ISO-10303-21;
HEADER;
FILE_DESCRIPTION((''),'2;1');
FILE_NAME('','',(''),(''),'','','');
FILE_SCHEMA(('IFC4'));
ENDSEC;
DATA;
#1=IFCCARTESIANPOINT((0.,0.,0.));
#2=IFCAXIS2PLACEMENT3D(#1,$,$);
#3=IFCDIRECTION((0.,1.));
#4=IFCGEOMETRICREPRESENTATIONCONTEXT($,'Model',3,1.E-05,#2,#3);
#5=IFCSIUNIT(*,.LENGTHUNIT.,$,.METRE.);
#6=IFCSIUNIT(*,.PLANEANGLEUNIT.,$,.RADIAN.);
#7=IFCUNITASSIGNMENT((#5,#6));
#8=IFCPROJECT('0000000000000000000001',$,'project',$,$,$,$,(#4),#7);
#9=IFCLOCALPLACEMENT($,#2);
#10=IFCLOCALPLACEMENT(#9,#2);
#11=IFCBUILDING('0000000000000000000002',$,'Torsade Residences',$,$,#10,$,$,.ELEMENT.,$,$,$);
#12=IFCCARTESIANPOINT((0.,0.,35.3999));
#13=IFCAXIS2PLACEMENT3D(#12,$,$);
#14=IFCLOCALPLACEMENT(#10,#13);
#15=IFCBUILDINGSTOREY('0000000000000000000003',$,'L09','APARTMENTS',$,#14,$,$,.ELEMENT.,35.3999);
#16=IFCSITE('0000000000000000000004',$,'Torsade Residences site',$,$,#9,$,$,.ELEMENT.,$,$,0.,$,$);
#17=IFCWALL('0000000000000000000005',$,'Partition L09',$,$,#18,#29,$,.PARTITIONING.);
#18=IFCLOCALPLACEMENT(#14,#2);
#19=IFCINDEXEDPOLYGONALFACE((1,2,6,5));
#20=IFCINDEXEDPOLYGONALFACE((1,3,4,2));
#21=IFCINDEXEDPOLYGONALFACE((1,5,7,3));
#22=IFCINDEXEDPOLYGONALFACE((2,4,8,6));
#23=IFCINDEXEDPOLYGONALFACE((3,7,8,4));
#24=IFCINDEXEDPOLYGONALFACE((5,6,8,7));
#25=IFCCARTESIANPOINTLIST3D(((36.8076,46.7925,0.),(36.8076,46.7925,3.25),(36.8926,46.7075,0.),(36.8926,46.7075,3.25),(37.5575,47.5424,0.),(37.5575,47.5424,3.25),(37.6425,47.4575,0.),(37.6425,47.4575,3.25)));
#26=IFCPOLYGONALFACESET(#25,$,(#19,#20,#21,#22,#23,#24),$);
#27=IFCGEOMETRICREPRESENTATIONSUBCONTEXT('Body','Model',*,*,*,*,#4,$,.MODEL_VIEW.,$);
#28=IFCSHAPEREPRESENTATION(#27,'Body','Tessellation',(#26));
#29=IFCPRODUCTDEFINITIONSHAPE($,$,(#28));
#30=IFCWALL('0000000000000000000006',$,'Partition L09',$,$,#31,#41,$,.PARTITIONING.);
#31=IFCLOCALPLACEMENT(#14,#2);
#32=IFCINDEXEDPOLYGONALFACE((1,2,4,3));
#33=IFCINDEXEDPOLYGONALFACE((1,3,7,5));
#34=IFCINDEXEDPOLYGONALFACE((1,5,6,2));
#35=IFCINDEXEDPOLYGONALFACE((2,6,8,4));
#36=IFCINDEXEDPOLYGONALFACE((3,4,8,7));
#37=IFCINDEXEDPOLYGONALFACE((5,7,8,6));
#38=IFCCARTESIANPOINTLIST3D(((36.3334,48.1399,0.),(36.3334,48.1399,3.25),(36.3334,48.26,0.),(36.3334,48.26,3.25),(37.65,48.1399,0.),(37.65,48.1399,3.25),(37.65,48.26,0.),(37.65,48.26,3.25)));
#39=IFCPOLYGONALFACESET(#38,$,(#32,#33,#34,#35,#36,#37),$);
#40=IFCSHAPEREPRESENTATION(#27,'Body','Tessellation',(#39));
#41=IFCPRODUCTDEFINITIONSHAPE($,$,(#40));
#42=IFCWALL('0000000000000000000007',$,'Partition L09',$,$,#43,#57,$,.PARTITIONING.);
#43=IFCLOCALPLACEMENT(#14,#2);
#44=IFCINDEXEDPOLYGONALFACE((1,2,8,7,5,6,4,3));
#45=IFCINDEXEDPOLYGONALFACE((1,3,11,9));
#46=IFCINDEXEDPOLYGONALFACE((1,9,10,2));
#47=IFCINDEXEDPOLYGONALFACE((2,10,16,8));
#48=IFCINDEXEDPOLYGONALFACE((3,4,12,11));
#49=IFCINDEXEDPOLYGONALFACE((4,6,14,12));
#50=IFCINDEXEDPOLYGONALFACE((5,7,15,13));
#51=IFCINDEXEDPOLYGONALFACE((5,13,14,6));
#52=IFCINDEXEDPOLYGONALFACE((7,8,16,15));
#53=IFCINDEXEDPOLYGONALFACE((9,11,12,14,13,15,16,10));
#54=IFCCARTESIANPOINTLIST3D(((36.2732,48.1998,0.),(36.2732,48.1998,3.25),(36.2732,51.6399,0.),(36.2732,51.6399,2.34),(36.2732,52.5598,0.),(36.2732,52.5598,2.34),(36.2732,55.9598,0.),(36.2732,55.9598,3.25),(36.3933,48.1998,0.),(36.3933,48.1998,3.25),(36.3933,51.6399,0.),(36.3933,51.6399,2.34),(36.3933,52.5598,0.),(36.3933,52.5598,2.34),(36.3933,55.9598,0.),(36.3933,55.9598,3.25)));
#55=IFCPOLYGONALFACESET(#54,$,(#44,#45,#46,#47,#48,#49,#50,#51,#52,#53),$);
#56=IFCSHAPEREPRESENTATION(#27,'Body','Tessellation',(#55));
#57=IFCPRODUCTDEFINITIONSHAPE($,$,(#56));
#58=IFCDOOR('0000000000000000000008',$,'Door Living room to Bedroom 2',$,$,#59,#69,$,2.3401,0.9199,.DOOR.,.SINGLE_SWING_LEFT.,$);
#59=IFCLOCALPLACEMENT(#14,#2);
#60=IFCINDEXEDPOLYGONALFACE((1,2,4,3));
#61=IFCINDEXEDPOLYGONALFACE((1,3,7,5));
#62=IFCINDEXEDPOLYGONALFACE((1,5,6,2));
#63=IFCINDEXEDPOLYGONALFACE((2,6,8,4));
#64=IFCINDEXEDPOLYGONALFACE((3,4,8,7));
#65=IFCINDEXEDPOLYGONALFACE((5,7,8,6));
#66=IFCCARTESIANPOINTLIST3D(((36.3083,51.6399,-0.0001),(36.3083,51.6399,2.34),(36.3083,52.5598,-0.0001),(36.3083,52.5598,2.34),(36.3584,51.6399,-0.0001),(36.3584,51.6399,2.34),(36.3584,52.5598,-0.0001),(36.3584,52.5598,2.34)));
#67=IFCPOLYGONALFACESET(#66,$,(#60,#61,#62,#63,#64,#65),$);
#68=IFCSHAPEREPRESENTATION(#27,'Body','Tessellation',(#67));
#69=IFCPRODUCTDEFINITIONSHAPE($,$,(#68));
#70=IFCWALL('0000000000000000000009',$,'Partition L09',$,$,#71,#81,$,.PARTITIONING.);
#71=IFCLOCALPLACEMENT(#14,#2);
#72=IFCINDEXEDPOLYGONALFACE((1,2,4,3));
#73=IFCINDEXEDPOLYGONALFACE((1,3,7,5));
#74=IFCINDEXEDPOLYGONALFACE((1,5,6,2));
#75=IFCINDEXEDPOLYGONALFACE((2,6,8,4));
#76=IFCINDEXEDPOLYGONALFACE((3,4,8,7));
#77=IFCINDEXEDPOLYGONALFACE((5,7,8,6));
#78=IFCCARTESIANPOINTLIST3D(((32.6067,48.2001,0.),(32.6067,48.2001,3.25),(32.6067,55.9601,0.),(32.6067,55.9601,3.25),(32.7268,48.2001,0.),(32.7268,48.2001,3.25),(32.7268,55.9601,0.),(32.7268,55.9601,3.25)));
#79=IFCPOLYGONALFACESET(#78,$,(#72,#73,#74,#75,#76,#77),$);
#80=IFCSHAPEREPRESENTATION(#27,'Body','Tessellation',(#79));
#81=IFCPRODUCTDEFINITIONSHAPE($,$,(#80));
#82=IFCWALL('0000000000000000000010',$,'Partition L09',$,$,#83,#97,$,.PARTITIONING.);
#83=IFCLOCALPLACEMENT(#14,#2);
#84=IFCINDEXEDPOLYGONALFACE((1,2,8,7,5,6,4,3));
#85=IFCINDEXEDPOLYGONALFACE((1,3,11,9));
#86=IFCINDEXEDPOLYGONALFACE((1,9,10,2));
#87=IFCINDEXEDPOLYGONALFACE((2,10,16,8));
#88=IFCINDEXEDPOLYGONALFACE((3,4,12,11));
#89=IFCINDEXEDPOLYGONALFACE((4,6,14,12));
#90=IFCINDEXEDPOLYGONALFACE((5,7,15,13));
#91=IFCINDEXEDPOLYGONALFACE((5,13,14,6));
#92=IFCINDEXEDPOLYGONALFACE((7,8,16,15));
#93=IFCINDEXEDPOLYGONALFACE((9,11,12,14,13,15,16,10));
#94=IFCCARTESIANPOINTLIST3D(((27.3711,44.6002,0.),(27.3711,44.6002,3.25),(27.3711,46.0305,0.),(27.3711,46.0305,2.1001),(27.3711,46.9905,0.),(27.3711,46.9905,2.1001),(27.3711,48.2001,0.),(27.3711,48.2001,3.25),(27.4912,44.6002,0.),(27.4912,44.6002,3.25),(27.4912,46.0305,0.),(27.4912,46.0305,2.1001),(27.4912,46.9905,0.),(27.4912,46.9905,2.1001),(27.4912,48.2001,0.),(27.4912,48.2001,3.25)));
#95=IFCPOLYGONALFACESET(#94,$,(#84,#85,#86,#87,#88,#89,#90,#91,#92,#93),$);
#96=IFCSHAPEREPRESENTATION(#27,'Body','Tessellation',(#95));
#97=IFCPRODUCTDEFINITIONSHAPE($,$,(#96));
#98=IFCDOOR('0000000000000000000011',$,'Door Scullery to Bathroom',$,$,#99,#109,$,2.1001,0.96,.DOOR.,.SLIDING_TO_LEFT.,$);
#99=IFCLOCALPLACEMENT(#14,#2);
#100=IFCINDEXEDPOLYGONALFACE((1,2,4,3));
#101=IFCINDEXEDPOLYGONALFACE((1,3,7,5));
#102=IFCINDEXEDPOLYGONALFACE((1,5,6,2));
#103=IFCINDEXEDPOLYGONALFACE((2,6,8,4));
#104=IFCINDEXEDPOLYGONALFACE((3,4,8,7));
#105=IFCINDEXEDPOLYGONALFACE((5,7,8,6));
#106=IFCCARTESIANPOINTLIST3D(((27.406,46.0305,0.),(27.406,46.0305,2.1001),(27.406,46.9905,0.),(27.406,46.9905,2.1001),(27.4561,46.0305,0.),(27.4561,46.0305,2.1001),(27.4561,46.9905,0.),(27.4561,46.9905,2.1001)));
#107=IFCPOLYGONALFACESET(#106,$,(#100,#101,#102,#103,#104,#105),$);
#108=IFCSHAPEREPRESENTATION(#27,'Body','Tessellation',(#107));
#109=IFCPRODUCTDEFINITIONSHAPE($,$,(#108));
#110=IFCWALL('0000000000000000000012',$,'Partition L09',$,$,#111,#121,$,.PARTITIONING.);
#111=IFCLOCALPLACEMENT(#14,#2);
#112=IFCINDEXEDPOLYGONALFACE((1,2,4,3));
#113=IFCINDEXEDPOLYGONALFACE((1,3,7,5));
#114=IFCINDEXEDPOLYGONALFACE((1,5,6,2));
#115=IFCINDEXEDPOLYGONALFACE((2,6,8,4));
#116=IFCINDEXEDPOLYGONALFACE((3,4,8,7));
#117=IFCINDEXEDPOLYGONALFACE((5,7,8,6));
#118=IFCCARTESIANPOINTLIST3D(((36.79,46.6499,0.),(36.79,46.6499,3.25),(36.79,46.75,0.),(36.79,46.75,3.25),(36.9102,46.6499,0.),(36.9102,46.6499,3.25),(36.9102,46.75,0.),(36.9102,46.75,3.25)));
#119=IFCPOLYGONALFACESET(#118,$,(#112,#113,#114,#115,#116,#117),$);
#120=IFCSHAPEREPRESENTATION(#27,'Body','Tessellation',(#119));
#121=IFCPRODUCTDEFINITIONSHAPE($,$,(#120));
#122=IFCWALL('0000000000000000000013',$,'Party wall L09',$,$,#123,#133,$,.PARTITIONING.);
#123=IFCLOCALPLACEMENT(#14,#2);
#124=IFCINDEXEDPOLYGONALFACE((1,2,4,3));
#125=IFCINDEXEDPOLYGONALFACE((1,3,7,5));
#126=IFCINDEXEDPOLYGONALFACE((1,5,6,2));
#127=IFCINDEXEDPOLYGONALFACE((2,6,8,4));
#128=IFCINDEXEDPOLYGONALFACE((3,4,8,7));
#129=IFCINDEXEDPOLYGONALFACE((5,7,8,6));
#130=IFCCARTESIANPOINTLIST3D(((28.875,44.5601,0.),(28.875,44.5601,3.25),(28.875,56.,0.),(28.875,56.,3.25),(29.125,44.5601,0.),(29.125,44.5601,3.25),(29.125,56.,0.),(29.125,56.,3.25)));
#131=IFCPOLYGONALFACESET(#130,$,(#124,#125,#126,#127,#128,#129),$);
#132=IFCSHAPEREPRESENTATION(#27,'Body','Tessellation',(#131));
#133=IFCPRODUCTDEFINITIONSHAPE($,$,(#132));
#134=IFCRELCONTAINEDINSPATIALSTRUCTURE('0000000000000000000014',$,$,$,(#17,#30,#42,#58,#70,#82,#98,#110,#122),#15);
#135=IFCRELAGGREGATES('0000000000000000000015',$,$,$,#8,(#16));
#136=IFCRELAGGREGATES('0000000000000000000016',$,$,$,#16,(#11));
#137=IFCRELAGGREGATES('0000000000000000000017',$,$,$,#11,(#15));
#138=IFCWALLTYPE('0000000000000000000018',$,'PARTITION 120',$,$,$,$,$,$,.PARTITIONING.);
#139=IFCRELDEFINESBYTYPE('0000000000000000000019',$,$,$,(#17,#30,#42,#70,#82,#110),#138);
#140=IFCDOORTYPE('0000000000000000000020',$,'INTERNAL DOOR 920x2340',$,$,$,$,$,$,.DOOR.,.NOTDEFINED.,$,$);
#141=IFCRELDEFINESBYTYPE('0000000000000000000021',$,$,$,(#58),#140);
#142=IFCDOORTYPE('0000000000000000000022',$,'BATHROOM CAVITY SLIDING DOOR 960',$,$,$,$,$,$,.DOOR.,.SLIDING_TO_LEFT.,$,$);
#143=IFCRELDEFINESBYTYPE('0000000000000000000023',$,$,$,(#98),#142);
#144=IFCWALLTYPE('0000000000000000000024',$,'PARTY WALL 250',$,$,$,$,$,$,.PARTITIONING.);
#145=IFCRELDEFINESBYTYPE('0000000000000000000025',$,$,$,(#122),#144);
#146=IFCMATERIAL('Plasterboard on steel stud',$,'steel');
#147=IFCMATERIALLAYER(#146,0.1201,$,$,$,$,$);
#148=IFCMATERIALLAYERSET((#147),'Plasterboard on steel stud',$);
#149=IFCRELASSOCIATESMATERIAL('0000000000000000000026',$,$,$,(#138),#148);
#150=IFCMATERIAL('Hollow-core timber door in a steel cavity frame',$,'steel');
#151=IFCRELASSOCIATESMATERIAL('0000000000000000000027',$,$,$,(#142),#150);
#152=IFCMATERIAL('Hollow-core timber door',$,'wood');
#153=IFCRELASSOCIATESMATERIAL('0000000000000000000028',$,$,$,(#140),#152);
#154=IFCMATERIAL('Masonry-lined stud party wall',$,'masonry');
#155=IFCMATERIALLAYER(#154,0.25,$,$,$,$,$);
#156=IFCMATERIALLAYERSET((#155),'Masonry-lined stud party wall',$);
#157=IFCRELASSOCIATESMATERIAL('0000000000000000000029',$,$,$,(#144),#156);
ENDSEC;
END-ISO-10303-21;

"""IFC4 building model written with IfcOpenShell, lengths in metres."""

from ifc_helpers import new_model, si_unit, direction, frame, frame_2d, origin, place, context, subcontext, project, spatial, rectangle, extrude, material, layer, layer_set, type_object, element, fill, save


model = new_model("IFC4")

# Units and contexts
model_context = context("Model", 3, precision=1e-05, world=origin(), true_north=direction((0.0, 1.0)))
body_context = subcontext(model_context, "Body", "Model", "MODEL_VIEW")
ifc_project = project(units=[si_unit("LENGTHUNIT", "METRE"), si_unit("PLANEANGLEUNIT", "RADIAN")], contexts=[model_context])

# Site, building, storey
site_placement = place(None, origin())
site = spatial("IfcSite", under=ifc_project, at=site_placement, Name="Torsade Residences site", CompositionType="ELEMENT", RefElevation=0.0)
building_placement = place(site_placement, origin())
building = spatial("IfcBuilding", under=site, at=building_placement, Name="Torsade Residences", CompositionType="ELEMENT")
storey_placement = place(building_placement, frame((0.0, 0.0, 35.3999)))
storey = spatial("IfcBuildingStorey", under=building, at=storey_placement, Name="L09", Description="APARTMENTS", CompositionType="ELEMENT", Elevation=35.3999)

# Shared definitions
ifc_material_1 = material(Name="Plasterboard on steel stud", Category="steel")
ifc_layer_1 = layer(ifc_material_1, 0.1201)
ifc_layer_set_1 = layer_set([ifc_layer_1], Name="Plasterboard on steel stud")
wall_type_1 = type_object("IfcWallType", Name="PARTITION 120", PredefinedType="PARTITIONING", material=ifc_layer_set_1)
ifc_material_2 = material(Name="Hollow-core timber door in a steel cavity frame", Category="steel")
door_type_1 = type_object("IfcDoorType", Name="BATHROOM CAVITY SLIDING DOOR 960", OperationType="SLIDING_TO_LEFT", PredefinedType="DOOR", material=ifc_material_2)

# Walls
for number, where, z_axis, x_axis, name in (
    (1, (36.8501, 46.75, 0.0), (0.0, 0.0, 1.0), (0.707107, 0.707107, 0.0), "Partition L09"),
):
    element("IfcWall", number, at=place(storey_placement, frame(where, z_axis=z_axis, x_axis=x_axis)), inside=storey, type_object=wall_type_1, Name=name, PredefinedType="PARTITIONING", context=body_context, shape_type="SweptSolid", body=[
        extrude(rectangle(XDim=1.0605, YDim=0.1201, at=frame_2d((0.5303, 0.0))), origin(), (0.0, 0.0, 1.0), 3.25),
    ])
wall_1_placement = place(storey_placement, frame((37.6499, 48.2, 0.0), z_axis=(0.0, 0.0, 1.0), x_axis=(-1.0, 0.0, 0.0)))
element("IfcWall", 2, at=wall_1_placement, inside=storey, type_object=wall_type_1, Name="Partition L09", PredefinedType="PARTITIONING", context=body_context, shape_type="SweptSolid", body=[
    extrude(rectangle(XDim=1.3167, YDim=0.1201, at=frame_2d((0.6582, 0.0))), origin(), (0.0, 0.0, 1.0), 3.25),
])

# Wall, opening, door
wall_2_placement = place(storey_placement, frame((36.3333, 48.2, 0.0), z_axis=(0.0, 0.0, 1.0), x_axis=(0.0, 1.0, 0.0)))
wall_2 = element("IfcWall", 3, at=wall_2_placement, inside=storey, type_object=wall_type_1, Name="Partition L09", PredefinedType="PARTITIONING", context=body_context, shape_type="SweptSolid", body=[
    extrude(rectangle(XDim=7.76, YDim=0.1201, at=frame_2d((3.8799, 0.0))), origin(), (0.0, 0.0, 1.0), 3.25),
])
opening_1_placement = place(wall_2_placement, frame((3.4399, 0.0, 0.0)))
opening_1 = element("IfcOpeningElement", 4, at=opening_1_placement, cuts=wall_2, PredefinedType="OPENING", context=body_context, shape_type="SweptSolid", body=[
    extrude(rectangle(XDim=0.9199, YDim=2.3401, at=frame_2d((0.46, 1.1699))), frame((0.0, 0.0701, 0.0), z_axis=(0.0, -1.0, 0.0), x_axis=(1.0, 0.0, 0.0)), (0.0, 0.0, 1.0), 0.1401),
])
ifc_material_3 = material(Name="Hollow-core timber door", Category="wood")
door_type_2 = type_object("IfcDoorType", Name="INTERNAL DOOR 920x2340", OperationType="NOTDEFINED", PredefinedType="DOOR", material=ifc_material_3)
door_1_placement = place(opening_1_placement, origin())
door_1 = element("IfcDoor", 5, at=door_1_placement, inside=storey, type_object=door_type_2, Name="Door Living room to Bedroom 2", OperationType="SINGLE_SWING_LEFT", OverallHeight=2.3401, OverallWidth=0.9199, PredefinedType="DOOR", context=body_context, shape_type="SweptSolid", body=[
    extrude(rectangle(XDim=0.9199, YDim=2.3401, at=frame_2d((0.46, 1.1699))), frame((0.0, 0.0249, 0.0), z_axis=(0.0, -1.0, 0.0), x_axis=(1.0, 0.0, 0.0)), (0.0, 0.0, 1.0), 0.05),
])
fill(opening_1, door_1)

# Wall
wall_3_placement = place(storey_placement, frame((32.6667, 55.96, 0.0), z_axis=(0.0, 0.0, 1.0), x_axis=(0.0, -1.0, 0.0)))
element("IfcWall", 6, at=wall_3_placement, inside=storey, type_object=wall_type_1, Name="Partition L09", PredefinedType="PARTITIONING", context=body_context, shape_type="SweptSolid", body=[
    extrude(rectangle(XDim=7.76, YDim=0.1201, at=frame_2d((3.8799, 0.0))), origin(), (0.0, 0.0, 1.0), 3.25),
])

# Wall, opening, door
wall_4_placement = place(storey_placement, frame((27.4312, 48.2, 0.0), z_axis=(0.0, 0.0, 1.0), x_axis=(0.0, -1.0, 0.0)))
wall_4 = element("IfcWall", 7, at=wall_4_placement, inside=storey, type_object=wall_type_1, Name="Partition L09", PredefinedType="PARTITIONING", context=body_context, shape_type="SweptSolid", body=[
    extrude(rectangle(XDim=3.5999, YDim=0.1201, at=frame_2d((1.7998, 0.0))), origin(), (0.0, 0.0, 1.0), 3.25),
])
opening_2_placement = place(wall_4_placement, frame((1.2095, 0.0, 0.0)))
opening_2 = element("IfcOpeningElement", 8, at=opening_2_placement, cuts=wall_4, PredefinedType="OPENING", context=body_context, shape_type="SweptSolid", body=[
    extrude(rectangle(XDim=0.96, YDim=2.1001, at=frame_2d((0.48, 1.05))), frame((0.0, 0.0701, 0.0), z_axis=(0.0, -1.0, 0.0), x_axis=(1.0, 0.0, 0.0)), (0.0, 0.0, 1.0), 0.1401),
])
door_2_placement = place(opening_2_placement, origin())
door_2 = element("IfcDoor", 9, at=door_2_placement, inside=storey, type_object=door_type_1, Name="Door Scullery to Bathroom", OperationType="SLIDING_TO_LEFT", OverallHeight=2.1001, OverallWidth=0.96, PredefinedType="DOOR", context=body_context, shape_type="SweptSolid", body=[
    extrude(rectangle(XDim=0.96, YDim=2.1001, at=frame_2d((0.48, 1.05))), frame((0.0, 0.0249, 0.0), z_axis=(0.0, -1.0, 0.0), x_axis=(1.0, 0.0, 0.0)), (0.0, 0.0, 1.0), 0.05),
])
fill(opening_2, door_2)

# Walls
wall_5_placement = place(storey_placement, frame((36.8501, 46.6499, 0.0), z_axis=(0.0, 0.0, 1.0), x_axis=(0.0, 1.0, 0.0)))
element("IfcWall", 10, at=wall_5_placement, inside=storey, type_object=wall_type_1, Name="Partition L09", PredefinedType="PARTITIONING", context=body_context, shape_type="SweptSolid", body=[
    extrude(rectangle(XDim=0.1001, YDim=0.1201, at=frame_2d((0.05, 0.0))), origin(), (0.0, 0.0, 1.0), 3.25),
])
ifc_material_4 = material(Name="Masonry-lined stud party wall", Category="masonry")
ifc_layer_2 = layer(ifc_material_4, 0.25)
ifc_layer_set_2 = layer_set([ifc_layer_2], Name="Masonry-lined stud party wall")
wall_type_2 = type_object("IfcWallType", Name="PARTY WALL 250", PredefinedType="PARTITIONING", material=ifc_layer_set_2)
wall_6_placement = place(storey_placement, frame((29.0, 56.0, 0.0), z_axis=(0.0, 0.0, 1.0), x_axis=(0.0, -1.0, 0.0)))
element("IfcWall", 11, at=wall_6_placement, inside=storey, type_object=wall_type_2, Name="Party wall L09", PredefinedType="PARTITIONING", context=body_context, shape_type="SweptSolid", body=[
    extrude(rectangle(XDim=11.4399, YDim=0.25, at=frame_2d((5.72, 0.0))), origin(), (0.0, 0.0, 1.0), 3.25),
])

save(model, "model.ifc")
